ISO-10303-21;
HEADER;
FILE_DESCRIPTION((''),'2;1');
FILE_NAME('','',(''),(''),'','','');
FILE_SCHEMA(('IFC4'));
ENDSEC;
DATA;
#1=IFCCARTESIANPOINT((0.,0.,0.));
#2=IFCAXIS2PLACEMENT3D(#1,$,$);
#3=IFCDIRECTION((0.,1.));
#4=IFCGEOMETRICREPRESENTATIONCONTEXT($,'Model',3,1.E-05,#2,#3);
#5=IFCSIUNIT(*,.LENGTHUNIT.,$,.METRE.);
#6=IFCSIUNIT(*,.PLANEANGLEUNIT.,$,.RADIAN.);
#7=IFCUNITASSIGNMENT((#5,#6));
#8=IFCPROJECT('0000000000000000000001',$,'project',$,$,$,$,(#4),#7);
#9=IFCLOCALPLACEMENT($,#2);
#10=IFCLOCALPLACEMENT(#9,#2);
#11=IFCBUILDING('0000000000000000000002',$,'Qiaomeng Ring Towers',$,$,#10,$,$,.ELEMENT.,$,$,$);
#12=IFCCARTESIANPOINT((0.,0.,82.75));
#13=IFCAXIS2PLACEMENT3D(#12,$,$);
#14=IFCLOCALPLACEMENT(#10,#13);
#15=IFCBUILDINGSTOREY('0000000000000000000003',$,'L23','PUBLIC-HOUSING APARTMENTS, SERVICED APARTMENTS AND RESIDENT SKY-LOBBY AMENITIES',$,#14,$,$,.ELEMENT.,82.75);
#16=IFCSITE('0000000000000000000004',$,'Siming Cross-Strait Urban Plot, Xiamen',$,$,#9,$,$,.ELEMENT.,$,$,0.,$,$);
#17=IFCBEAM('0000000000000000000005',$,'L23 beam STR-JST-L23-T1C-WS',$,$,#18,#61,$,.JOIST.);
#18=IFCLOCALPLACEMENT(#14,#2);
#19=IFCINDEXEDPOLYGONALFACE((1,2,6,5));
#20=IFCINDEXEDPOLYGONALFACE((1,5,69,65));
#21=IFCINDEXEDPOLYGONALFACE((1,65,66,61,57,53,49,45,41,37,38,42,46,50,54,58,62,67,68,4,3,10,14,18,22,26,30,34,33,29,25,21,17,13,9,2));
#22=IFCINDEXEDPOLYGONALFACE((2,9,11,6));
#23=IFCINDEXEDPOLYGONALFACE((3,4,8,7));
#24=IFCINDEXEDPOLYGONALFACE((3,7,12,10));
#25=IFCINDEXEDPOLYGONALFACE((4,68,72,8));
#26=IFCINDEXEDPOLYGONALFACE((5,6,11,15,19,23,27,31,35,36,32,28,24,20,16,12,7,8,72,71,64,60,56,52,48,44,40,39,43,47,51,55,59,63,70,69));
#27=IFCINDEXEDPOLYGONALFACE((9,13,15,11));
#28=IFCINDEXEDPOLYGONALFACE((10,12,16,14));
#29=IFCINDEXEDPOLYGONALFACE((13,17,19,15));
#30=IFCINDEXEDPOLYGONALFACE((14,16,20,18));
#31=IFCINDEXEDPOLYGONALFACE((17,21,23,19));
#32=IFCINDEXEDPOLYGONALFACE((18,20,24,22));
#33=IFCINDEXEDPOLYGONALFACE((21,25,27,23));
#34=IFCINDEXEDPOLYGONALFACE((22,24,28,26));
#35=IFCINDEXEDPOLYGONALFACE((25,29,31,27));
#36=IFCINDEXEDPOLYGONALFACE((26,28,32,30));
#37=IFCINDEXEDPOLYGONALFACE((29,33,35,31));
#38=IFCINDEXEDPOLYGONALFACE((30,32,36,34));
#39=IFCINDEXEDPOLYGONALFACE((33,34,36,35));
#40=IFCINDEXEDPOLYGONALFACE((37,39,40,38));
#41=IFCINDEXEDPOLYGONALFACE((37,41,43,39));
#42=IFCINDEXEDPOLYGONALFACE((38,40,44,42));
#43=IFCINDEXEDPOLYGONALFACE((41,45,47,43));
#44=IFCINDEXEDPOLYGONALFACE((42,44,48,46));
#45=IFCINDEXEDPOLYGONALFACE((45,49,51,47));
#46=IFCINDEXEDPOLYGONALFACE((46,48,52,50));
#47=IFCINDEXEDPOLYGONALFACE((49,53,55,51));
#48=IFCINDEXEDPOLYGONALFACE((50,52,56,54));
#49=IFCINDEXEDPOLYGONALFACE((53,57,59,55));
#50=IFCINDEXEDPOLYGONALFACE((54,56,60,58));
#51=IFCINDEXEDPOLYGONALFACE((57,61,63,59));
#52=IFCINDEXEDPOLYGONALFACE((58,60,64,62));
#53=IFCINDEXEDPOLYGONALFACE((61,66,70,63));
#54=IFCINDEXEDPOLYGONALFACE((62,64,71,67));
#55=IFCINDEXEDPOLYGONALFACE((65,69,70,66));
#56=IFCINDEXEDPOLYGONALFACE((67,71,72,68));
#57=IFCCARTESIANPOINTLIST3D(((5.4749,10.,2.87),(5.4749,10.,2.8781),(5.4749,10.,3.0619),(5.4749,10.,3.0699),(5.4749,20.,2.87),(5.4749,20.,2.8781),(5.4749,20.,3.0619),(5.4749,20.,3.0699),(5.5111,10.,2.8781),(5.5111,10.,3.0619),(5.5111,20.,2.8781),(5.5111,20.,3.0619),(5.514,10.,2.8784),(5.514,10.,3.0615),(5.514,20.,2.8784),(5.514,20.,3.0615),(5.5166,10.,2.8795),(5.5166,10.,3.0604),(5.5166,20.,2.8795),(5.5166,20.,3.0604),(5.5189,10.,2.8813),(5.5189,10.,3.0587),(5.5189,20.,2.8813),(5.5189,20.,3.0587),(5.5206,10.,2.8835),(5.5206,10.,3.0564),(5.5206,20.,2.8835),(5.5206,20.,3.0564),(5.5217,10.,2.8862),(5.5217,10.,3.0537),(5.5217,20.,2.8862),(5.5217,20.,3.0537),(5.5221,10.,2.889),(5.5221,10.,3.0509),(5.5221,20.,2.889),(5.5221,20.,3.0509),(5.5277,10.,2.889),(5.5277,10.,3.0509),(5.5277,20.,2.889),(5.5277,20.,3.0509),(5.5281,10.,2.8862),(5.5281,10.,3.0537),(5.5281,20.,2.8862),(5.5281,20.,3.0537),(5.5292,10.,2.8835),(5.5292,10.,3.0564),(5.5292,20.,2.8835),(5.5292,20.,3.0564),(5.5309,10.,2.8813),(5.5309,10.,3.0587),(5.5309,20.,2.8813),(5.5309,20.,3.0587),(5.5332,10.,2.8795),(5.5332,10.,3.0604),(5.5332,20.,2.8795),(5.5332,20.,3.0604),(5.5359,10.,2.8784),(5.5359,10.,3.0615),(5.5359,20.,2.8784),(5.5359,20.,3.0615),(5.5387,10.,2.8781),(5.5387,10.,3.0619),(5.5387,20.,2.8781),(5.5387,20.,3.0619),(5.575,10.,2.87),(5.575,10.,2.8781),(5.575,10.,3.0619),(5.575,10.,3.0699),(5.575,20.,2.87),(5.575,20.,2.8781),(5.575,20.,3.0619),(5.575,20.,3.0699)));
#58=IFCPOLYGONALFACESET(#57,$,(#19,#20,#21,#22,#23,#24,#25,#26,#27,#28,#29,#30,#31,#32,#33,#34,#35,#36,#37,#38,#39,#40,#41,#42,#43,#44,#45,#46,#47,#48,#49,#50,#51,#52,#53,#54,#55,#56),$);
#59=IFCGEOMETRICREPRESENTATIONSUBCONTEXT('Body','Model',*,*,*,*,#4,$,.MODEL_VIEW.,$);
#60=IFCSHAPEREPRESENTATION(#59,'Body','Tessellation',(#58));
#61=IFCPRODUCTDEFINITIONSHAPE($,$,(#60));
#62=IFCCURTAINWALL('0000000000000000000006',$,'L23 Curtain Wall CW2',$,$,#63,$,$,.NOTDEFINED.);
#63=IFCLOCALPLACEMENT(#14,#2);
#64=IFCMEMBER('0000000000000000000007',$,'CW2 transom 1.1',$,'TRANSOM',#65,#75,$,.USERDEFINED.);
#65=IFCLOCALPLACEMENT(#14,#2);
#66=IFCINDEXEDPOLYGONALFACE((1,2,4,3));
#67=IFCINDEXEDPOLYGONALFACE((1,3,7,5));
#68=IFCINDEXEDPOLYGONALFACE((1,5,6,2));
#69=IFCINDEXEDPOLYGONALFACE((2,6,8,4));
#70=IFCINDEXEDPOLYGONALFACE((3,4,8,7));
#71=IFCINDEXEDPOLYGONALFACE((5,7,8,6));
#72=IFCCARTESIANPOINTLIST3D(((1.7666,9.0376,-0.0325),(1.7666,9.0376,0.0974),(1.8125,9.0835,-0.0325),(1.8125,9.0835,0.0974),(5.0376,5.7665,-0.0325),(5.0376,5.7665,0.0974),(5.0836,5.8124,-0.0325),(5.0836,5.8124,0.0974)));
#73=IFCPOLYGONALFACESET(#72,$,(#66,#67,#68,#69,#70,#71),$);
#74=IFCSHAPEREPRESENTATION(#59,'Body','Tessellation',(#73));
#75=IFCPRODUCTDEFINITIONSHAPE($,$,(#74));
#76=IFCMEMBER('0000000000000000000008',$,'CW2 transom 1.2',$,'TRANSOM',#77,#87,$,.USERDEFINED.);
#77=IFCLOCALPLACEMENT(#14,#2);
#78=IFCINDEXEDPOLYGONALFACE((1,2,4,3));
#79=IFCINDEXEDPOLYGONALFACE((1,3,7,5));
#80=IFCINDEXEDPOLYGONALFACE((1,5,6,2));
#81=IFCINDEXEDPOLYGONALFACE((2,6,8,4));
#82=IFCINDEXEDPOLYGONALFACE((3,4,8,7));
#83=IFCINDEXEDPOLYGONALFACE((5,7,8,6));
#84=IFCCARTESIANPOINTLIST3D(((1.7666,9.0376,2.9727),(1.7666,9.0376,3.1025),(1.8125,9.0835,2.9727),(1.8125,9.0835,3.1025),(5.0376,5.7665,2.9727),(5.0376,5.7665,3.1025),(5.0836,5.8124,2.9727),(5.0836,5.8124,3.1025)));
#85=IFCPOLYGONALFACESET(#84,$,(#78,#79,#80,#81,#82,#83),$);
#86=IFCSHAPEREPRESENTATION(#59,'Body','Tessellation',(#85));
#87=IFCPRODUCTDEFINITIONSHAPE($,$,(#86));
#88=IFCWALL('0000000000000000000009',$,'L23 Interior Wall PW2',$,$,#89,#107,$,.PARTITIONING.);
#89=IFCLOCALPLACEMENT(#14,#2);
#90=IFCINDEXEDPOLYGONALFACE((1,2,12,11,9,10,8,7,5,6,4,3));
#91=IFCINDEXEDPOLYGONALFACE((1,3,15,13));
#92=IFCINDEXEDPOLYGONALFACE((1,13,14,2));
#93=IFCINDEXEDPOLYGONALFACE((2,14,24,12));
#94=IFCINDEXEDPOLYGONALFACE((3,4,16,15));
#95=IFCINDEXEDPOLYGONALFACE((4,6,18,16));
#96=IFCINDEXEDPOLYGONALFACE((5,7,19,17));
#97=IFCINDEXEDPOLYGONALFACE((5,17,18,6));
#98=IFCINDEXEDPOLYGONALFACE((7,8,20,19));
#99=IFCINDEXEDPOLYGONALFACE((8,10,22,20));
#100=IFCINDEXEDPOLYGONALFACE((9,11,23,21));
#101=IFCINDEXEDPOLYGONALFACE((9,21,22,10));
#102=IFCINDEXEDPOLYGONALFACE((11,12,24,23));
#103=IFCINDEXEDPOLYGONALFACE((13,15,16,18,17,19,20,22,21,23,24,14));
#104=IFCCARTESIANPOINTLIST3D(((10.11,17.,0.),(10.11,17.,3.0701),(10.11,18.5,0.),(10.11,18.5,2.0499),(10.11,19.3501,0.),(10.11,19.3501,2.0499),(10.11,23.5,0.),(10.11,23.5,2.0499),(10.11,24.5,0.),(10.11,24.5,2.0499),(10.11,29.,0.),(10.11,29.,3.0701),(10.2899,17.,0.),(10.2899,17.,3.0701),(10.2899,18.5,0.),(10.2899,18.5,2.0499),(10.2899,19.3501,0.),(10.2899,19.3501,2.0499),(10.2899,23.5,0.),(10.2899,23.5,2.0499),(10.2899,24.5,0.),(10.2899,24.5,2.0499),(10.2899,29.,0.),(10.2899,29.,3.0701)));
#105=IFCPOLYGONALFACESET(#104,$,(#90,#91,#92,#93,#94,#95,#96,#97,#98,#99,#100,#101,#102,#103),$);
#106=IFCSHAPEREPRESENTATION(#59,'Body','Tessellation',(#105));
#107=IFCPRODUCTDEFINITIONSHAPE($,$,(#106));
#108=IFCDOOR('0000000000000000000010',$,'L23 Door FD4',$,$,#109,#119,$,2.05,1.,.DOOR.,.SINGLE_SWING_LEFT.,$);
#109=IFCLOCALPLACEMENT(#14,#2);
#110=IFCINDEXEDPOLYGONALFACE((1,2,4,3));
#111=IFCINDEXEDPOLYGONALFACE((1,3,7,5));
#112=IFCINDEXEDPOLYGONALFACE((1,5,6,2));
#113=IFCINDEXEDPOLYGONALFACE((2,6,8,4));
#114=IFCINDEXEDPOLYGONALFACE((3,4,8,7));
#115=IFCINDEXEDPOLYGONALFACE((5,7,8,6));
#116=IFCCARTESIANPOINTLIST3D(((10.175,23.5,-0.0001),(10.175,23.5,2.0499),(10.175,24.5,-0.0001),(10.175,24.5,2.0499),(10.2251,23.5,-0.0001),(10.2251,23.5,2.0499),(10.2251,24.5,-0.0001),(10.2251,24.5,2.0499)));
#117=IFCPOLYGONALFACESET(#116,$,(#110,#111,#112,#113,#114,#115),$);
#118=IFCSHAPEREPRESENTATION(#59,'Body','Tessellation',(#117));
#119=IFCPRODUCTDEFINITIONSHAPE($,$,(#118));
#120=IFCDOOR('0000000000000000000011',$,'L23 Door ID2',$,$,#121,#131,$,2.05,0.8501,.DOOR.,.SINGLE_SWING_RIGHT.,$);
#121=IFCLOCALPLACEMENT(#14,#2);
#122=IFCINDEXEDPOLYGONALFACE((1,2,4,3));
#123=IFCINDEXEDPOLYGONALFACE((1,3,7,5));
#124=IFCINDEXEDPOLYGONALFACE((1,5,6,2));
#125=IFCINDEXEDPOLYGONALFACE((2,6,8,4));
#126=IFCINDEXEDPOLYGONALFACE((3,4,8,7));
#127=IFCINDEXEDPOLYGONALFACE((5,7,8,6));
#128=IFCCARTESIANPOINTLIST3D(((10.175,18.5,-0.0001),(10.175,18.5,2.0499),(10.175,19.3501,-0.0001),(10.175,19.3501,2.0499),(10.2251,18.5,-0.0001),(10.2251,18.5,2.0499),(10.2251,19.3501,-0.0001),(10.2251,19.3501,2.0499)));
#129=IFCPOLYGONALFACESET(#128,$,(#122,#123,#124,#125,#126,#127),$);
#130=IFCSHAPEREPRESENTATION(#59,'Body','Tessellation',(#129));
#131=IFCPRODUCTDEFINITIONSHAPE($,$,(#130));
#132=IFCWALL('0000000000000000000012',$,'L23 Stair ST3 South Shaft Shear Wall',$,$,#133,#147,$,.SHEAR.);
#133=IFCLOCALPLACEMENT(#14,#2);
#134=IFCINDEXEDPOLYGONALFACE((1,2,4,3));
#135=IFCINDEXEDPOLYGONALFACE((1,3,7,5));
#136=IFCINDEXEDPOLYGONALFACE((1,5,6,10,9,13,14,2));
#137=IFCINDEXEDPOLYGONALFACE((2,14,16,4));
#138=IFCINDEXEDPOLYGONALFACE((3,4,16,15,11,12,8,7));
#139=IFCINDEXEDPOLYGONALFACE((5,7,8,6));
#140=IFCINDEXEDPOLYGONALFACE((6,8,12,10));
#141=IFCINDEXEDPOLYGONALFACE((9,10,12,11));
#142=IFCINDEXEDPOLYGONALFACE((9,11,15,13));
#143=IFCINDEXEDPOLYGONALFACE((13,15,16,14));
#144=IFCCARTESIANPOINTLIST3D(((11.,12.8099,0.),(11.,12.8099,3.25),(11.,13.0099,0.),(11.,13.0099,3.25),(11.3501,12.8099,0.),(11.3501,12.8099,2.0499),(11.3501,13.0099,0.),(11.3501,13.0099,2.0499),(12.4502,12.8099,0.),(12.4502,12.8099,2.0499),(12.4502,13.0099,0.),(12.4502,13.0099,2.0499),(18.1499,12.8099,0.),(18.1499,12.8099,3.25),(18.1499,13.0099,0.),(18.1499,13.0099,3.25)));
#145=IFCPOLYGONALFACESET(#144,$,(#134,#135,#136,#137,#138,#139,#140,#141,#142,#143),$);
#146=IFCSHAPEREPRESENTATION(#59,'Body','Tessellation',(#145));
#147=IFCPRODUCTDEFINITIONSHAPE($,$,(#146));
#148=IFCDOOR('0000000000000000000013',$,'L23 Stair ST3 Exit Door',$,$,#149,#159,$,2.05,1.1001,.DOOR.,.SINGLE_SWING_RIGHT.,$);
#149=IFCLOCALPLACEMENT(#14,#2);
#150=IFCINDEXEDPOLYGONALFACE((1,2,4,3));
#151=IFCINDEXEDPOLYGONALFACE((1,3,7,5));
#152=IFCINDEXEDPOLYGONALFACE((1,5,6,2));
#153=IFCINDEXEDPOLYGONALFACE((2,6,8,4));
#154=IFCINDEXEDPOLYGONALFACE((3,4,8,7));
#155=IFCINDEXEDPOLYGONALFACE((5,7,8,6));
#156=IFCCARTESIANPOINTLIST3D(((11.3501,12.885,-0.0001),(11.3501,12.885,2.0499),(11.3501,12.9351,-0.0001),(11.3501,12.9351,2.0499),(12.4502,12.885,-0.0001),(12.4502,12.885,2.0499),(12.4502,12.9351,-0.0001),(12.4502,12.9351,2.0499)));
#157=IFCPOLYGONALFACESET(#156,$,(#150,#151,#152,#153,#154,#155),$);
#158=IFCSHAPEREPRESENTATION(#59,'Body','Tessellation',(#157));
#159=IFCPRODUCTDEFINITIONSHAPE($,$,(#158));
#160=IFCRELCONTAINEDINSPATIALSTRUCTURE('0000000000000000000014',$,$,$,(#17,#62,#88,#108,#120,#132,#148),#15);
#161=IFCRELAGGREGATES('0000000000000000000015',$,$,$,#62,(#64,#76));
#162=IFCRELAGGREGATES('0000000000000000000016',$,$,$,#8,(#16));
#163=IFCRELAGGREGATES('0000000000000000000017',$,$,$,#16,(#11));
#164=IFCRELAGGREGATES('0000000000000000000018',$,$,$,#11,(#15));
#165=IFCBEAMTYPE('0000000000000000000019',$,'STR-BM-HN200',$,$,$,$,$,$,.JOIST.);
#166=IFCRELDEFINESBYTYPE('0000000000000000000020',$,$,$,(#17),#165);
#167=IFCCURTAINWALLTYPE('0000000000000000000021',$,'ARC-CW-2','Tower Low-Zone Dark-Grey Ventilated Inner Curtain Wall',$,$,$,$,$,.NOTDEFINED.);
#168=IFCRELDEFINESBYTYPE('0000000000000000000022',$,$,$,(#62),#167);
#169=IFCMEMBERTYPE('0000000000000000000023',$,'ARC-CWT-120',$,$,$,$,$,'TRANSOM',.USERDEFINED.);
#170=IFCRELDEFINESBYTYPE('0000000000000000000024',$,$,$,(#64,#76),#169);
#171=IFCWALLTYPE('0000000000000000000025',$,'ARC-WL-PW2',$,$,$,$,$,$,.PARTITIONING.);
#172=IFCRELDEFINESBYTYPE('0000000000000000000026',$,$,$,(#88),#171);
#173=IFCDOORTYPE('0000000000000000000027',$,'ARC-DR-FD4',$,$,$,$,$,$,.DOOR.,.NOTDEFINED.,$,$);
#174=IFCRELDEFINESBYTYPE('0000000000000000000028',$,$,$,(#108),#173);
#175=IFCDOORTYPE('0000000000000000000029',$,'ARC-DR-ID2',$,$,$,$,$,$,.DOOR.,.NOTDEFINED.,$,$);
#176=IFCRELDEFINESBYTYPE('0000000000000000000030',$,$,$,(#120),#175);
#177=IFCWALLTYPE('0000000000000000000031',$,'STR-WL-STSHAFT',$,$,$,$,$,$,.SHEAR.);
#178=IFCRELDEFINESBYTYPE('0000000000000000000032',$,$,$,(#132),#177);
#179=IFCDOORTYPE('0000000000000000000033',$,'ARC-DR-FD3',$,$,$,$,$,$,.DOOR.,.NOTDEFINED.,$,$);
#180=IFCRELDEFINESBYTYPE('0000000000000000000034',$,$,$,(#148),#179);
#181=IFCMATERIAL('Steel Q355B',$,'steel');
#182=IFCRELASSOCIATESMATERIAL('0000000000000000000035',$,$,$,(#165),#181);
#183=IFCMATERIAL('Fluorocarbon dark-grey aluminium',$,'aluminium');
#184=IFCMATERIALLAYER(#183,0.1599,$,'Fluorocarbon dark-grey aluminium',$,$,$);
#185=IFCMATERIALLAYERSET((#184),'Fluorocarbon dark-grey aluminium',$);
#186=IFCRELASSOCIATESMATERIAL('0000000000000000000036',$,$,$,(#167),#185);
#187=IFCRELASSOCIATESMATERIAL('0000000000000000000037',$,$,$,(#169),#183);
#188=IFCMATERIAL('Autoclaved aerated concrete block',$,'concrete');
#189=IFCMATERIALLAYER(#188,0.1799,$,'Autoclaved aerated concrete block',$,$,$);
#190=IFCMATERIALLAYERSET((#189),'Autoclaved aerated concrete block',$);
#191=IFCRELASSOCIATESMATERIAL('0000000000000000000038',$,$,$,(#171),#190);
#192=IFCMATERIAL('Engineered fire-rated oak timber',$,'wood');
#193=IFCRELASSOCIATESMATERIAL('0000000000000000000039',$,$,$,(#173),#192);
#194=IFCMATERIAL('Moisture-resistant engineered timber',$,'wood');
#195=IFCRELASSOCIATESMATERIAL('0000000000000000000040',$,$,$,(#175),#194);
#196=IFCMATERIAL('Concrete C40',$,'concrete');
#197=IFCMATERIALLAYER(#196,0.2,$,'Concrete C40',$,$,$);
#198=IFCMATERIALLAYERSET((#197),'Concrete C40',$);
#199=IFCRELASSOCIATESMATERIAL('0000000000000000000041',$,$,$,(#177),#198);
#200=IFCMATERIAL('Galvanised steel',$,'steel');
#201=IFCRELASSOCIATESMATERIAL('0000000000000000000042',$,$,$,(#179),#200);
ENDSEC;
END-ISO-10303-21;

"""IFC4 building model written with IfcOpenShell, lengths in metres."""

from ifc_helpers import new_model, si_unit, direction, frame, frame_2d, origin, origin_2d, place, context, subcontext, project, spatial, rectangle, i_section, extrude, source, transform, mapped, material, layer, layer_set, material_profile, profile_set, type_object, element, fill, aggregate, save


model = new_model("IFC4")

# Units and contexts
model_context = context("Model", 3, precision=1e-05, world=origin(), true_north=direction((0.0, 1.0)))
body_context = subcontext(model_context, "Body", "Model", "MODEL_VIEW")
ifc_project = project(units=[si_unit("LENGTHUNIT", "METRE"), si_unit("PLANEANGLEUNIT", "RADIAN")], contexts=[model_context])

# Site, building, storey
site_placement = place(None, origin())
site = spatial("IfcSite", under=ifc_project, at=site_placement, Name="Siming Cross-Strait Urban Plot, Xiamen", CompositionType="ELEMENT", RefElevation=0.0)
building_placement = place(site_placement, origin())
building = spatial("IfcBuilding", under=site, at=building_placement, Name="Qiaomeng Ring Towers", CompositionType="ELEMENT")
storey_placement = place(building_placement, frame((0.0, 0.0, 82.75)))
storey = spatial("IfcBuildingStorey", under=building, at=storey_placement, Name="L23", Description="PUBLIC-HOUSING APARTMENTS, SERVICED APARTMENTS AND RESIDENT SKY-LOBBY AMENITIES", CompositionType="ELEMENT", Elevation=82.75)

# Beam
ifc_material_1 = material(Name="Steel Q355B", Category="steel")
ifc_material_profile_1 = material_profile(ifc_material_1, i_section(OverallWidth=0.1001, OverallDepth=0.2, WebThickness=0.0056, FlangeThickness=0.0081, FilletRadius=0.011, at=origin_2d()), Name="HN 200x100x5.5x8")
ifc_profile_set_1 = profile_set([ifc_material_profile_1], Name="Steel Q355B")
beam_type = type_object("IfcBeamType", Name="STR-BM-HN200", PredefinedType="JOIST", material=ifc_profile_set_1)
shared_shape_1 = source(origin(), body_context, "Body", "SweptSolid", [
    extrude(i_section(OverallWidth=0.1001, OverallDepth=0.2, WebThickness=0.0056, FlangeThickness=0.0081, FilletRadius=0.011, at=origin_2d()), origin(), (0.0, 0.0, 1.0), 10.0),
])
beam_placement = place(storey_placement, frame((5.5249, 10.0, 2.97), z_axis=(0.0, 1.0, 0.0), x_axis=(-1.0, 0.0, 0.0)))
element("IfcBeam", 1, at=beam_placement, inside=storey, type_object=beam_type, Name="L23 beam STR-JST-L23-T1C-WS", PredefinedType="JOIST", context=body_context, shape_type="MappedRepresentation", body=[
    mapped(shared_shape_1, transform((0.0, 0.0, 0.0), x_axis=(1.0, 0.0, 0.0), y_axis=(0.0, 1.0, 0.0), z_axis=(0.0, 0.0, 1.0), scale=1.0)),
])

# Curtain wall, members
ifc_material_2 = material(Name="Fluorocarbon dark-grey aluminium", Category="aluminium")
ifc_layer_1 = layer(ifc_material_2, 0.1599, Name="Fluorocarbon dark-grey aluminium")
ifc_layer_set_1 = layer_set([ifc_layer_1], Name="Fluorocarbon dark-grey aluminium")
curtain_wall_type = type_object("IfcCurtainWallType", Name="ARC-CW-2", Description="Tower Low-Zone Dark-Grey Ventilated Inner Curtain Wall", PredefinedType="NOTDEFINED", material=ifc_layer_set_1)
curtain_wall_placement = place(storey_placement, origin())
curtain_wall = element("IfcCurtainWall", 2, at=curtain_wall_placement, inside=storey, type_object=curtain_wall_type, Name="L23 Curtain Wall CW2", PredefinedType="NOTDEFINED")
ifc_material_profile_2 = material_profile(ifc_material_2, rectangle(XDim=0.0649, YDim=0.1299, at=origin_2d()), Name="ALU TRAN 65x130")
ifc_profile_set_2 = profile_set([ifc_material_profile_2], Name="Fluorocarbon dark-grey aluminium")
member_type = type_object("IfcMemberType", Name="ARC-CWT-120", ElementType="TRANSOM", PredefinedType="USERDEFINED", material=ifc_profile_set_2)
shared_shape_2 = source(origin(), body_context, "Body", "SweptSolid", [
    extrude(rectangle(XDim=0.0649, YDim=0.1299, at=origin_2d()), origin(), (0.0, 0.0, 1.0), 4.626),
])
member_1_placement = place(storey_placement, frame((1.7896, 9.0605, 0.0325), z_axis=(0.707107, -0.707107, 0.0), x_axis=(0.707107, 0.707107, 0.0)))
member_1 = element("IfcMember", 3, at=member_1_placement, type_object=member_type, Name="CW2 transom 1.1", ObjectType="TRANSOM", PredefinedType="USERDEFINED", context=body_context, shape_type="MappedRepresentation", body=[
    mapped(shared_shape_2, transform((0.0, 0.0, 0.0), x_axis=(1.0, 0.0, 0.0), y_axis=(0.0, 1.0, 0.0), z_axis=(0.0, 0.0, 1.0), scale=1.0)),
])
member_2_placement = place(storey_placement, frame((1.7896, 9.0605, 3.0376), z_axis=(0.707107, -0.707107, 0.0), x_axis=(0.707107, 0.707107, 0.0)))
member_2 = element("IfcMember", 4, at=member_2_placement, type_object=member_type, Name="CW2 transom 1.2", ObjectType="TRANSOM", PredefinedType="USERDEFINED", context=body_context, shape_type="MappedRepresentation", body=[
    mapped(shared_shape_2, transform((0.0, 0.0, 0.0), x_axis=(1.0, 0.0, 0.0), y_axis=(0.0, 1.0, 0.0), z_axis=(0.0, 0.0, 1.0), scale=1.0)),
])
aggregate(curtain_wall, [member_1, member_2])

# Wall, openings, doors
ifc_material_3 = material(Name="Autoclaved aerated concrete block", Category="concrete")
ifc_layer_2 = layer(ifc_material_3, 0.1799, Name="Autoclaved aerated concrete block")
ifc_layer_set_2 = layer_set([ifc_layer_2], Name="Autoclaved aerated concrete block")
wall_type_1 = type_object("IfcWallType", Name="ARC-WL-PW2", PredefinedType="PARTITIONING", material=ifc_layer_set_2)
wall_1_placement = place(storey_placement, frame((10.2, 17.0, 0.0), z_axis=(0.0, 0.0, 1.0), x_axis=(0.0, 1.0, 0.0)))
wall_1 = element("IfcWall", 5, at=wall_1_placement, inside=storey, type_object=wall_type_1, Name="L23 Interior Wall PW2", PredefinedType="PARTITIONING", context=body_context, shape_type="SweptSolid", body=[
    extrude(rectangle(XDim=12.0, YDim=0.1799, at=frame_2d((6.0, 0.0))), origin(), (0.0, 0.0, 1.0), 3.0701),
])
opening_1_placement = place(wall_1_placement, frame((1.5, 0.0, 0.0)))
opening_1 = element("IfcOpeningElement", 6, at=opening_1_placement, cuts=wall_1, PredefinedType="OPENING", context=body_context, shape_type="SweptSolid", body=[
    extrude(rectangle(XDim=0.8501, YDim=2.05, at=frame_2d((0.425, 1.0249))), frame((0.0, 0.0999, 0.0), z_axis=(0.0, -1.0, 0.0), x_axis=(1.0, 0.0, 0.0)), (0.0, 0.0, 1.0), 0.2),
])
opening_2_placement = place(wall_1_placement, frame((6.5, 0.0, 0.0)))
opening_2 = element("IfcOpeningElement", 7, at=opening_2_placement, cuts=wall_1, PredefinedType="OPENING", context=body_context, shape_type="SweptSolid", body=[
    extrude(rectangle(XDim=1.0, YDim=2.05, at=frame_2d((0.5, 1.0249))), frame((0.0, 0.0999, 0.0), z_axis=(0.0, -1.0, 0.0), x_axis=(1.0, 0.0, 0.0)), (0.0, 0.0, 1.0), 0.2),
])
ifc_material_4 = material(Name="Engineered fire-rated oak timber", Category="wood")
door_type_1 = type_object("IfcDoorType", Name="ARC-DR-FD4", OperationType="NOTDEFINED", PredefinedType="DOOR", material=ifc_material_4)
shared_shape_3 = source(origin(), body_context, "Body", "SweptSolid", [
    extrude(rectangle(XDim=1.0, YDim=2.05, at=frame_2d((0.5, 1.0249))), frame((0.0, 0.0249, 0.0), z_axis=(0.0, -1.0, 0.0), x_axis=(1.0, 0.0, 0.0)), (0.0, 0.0, 1.0), 0.05),
])
door_1_placement = place(opening_2_placement, origin())
door_1 = element("IfcDoor", 8, at=door_1_placement, inside=storey, type_object=door_type_1, Name="L23 Door FD4", OperationType="SINGLE_SWING_LEFT", OverallHeight=2.05, OverallWidth=1.0, PredefinedType="DOOR", context=body_context, shape_type="MappedRepresentation", body=[
    mapped(shared_shape_3, transform((0.0, 0.0, 0.0), x_axis=(1.0, 0.0, 0.0), y_axis=(0.0, 1.0, 0.0), z_axis=(0.0, 0.0, 1.0), scale=1.0)),
])
fill(opening_2, door_1)
ifc_material_5 = material(Name="Moisture-resistant engineered timber", Category="wood")
door_type_2 = type_object("IfcDoorType", Name="ARC-DR-ID2", OperationType="NOTDEFINED", PredefinedType="DOOR", material=ifc_material_5)
shared_shape_4 = source(origin(), body_context, "Body", "SweptSolid", [
    extrude(rectangle(XDim=0.8501, YDim=2.05, at=frame_2d((0.425, 1.0249))), frame((0.0, 0.0249, 0.0), z_axis=(0.0, -1.0, 0.0), x_axis=(1.0, 0.0, 0.0)), (0.0, 0.0, 1.0), 0.05),
])
door_2_placement = place(opening_1_placement, origin())
door_2 = element("IfcDoor", 9, at=door_2_placement, inside=storey, type_object=door_type_2, Name="L23 Door ID2", OperationType="SINGLE_SWING_RIGHT", OverallHeight=2.05, OverallWidth=0.8501, PredefinedType="DOOR", context=body_context, shape_type="MappedRepresentation", body=[
    mapped(shared_shape_4, transform((0.0, 0.0, 0.0), x_axis=(1.0, 0.0, 0.0), y_axis=(0.0, 1.0, 0.0), z_axis=(0.0, 0.0, 1.0), scale=1.0)),
])
fill(opening_1, door_2)

# Wall, opening, door
ifc_material_6 = material(Name="Concrete C40", Category="concrete")
ifc_layer_3 = layer(ifc_material_6, 0.2, Name="Concrete C40")
ifc_layer_set_3 = layer_set([ifc_layer_3], Name="Concrete C40")
wall_type_2 = type_object("IfcWallType", Name="STR-WL-STSHAFT", PredefinedType="SHEAR", material=ifc_layer_set_3)
wall_2_placement = place(storey_placement, frame((11.0, 12.9099, 0.0), z_axis=(0.0, 0.0, 1.0), x_axis=(1.0, 0.0, 0.0)))
wall_2 = element("IfcWall", 10, at=wall_2_placement, inside=storey, type_object=wall_type_2, Name="L23 Stair ST3 South Shaft Shear Wall", PredefinedType="SHEAR", context=body_context, shape_type="SweptSolid", body=[
    extrude(rectangle(XDim=7.1499, YDim=0.2, at=frame_2d((3.575, 0.0))), origin(), (0.0, 0.0, 1.0), 3.25),
])
opening_3_placement = place(wall_2_placement, frame((0.3501, 0.0, 0.0)))
opening_3 = element("IfcOpeningElement", 11, at=opening_3_placement, cuts=wall_2, PredefinedType="OPENING", context=body_context, shape_type="SweptSolid", body=[
    extrude(rectangle(XDim=1.1001, YDim=2.05, at=frame_2d((0.55, 1.0249))), frame((0.0, 0.1099, 0.0), z_axis=(0.0, -1.0, 0.0), x_axis=(1.0, 0.0, 0.0)), (0.0, 0.0, 1.0), 0.22),
])
ifc_material_7 = material(Name="Galvanised steel", Category="steel")
door_type_3 = type_object("IfcDoorType", Name="ARC-DR-FD3", OperationType="NOTDEFINED", PredefinedType="DOOR", material=ifc_material_7)
shared_shape_5 = source(origin(), body_context, "Body", "SweptSolid", [
    extrude(rectangle(XDim=1.1001, YDim=2.05, at=frame_2d((0.55, 1.0249))), frame((0.0, 0.0249, 0.0), z_axis=(0.0, -1.0, 0.0), x_axis=(1.0, 0.0, 0.0)), (0.0, 0.0, 1.0), 0.05),
])
door_3_placement = place(opening_3_placement, frame((1.1001, 0.0, 0.0), z_axis=(0.0, 0.0, 1.0), x_axis=(-1.0, 0.0, 0.0)))
door_3 = element("IfcDoor", 12, at=door_3_placement, inside=storey, type_object=door_type_3, Name="L23 Stair ST3 Exit Door", OperationType="SINGLE_SWING_RIGHT", OverallHeight=2.05, OverallWidth=1.1001, PredefinedType="DOOR", context=body_context, shape_type="MappedRepresentation", body=[
    mapped(shared_shape_5, transform((0.0, 0.0, 0.0), x_axis=(1.0, 0.0, 0.0), y_axis=(0.0, 1.0, 0.0), z_axis=(0.0, 0.0, 1.0), scale=1.0)),
])
fill(opening_3, door_3)

save(model, "model.ifc")
